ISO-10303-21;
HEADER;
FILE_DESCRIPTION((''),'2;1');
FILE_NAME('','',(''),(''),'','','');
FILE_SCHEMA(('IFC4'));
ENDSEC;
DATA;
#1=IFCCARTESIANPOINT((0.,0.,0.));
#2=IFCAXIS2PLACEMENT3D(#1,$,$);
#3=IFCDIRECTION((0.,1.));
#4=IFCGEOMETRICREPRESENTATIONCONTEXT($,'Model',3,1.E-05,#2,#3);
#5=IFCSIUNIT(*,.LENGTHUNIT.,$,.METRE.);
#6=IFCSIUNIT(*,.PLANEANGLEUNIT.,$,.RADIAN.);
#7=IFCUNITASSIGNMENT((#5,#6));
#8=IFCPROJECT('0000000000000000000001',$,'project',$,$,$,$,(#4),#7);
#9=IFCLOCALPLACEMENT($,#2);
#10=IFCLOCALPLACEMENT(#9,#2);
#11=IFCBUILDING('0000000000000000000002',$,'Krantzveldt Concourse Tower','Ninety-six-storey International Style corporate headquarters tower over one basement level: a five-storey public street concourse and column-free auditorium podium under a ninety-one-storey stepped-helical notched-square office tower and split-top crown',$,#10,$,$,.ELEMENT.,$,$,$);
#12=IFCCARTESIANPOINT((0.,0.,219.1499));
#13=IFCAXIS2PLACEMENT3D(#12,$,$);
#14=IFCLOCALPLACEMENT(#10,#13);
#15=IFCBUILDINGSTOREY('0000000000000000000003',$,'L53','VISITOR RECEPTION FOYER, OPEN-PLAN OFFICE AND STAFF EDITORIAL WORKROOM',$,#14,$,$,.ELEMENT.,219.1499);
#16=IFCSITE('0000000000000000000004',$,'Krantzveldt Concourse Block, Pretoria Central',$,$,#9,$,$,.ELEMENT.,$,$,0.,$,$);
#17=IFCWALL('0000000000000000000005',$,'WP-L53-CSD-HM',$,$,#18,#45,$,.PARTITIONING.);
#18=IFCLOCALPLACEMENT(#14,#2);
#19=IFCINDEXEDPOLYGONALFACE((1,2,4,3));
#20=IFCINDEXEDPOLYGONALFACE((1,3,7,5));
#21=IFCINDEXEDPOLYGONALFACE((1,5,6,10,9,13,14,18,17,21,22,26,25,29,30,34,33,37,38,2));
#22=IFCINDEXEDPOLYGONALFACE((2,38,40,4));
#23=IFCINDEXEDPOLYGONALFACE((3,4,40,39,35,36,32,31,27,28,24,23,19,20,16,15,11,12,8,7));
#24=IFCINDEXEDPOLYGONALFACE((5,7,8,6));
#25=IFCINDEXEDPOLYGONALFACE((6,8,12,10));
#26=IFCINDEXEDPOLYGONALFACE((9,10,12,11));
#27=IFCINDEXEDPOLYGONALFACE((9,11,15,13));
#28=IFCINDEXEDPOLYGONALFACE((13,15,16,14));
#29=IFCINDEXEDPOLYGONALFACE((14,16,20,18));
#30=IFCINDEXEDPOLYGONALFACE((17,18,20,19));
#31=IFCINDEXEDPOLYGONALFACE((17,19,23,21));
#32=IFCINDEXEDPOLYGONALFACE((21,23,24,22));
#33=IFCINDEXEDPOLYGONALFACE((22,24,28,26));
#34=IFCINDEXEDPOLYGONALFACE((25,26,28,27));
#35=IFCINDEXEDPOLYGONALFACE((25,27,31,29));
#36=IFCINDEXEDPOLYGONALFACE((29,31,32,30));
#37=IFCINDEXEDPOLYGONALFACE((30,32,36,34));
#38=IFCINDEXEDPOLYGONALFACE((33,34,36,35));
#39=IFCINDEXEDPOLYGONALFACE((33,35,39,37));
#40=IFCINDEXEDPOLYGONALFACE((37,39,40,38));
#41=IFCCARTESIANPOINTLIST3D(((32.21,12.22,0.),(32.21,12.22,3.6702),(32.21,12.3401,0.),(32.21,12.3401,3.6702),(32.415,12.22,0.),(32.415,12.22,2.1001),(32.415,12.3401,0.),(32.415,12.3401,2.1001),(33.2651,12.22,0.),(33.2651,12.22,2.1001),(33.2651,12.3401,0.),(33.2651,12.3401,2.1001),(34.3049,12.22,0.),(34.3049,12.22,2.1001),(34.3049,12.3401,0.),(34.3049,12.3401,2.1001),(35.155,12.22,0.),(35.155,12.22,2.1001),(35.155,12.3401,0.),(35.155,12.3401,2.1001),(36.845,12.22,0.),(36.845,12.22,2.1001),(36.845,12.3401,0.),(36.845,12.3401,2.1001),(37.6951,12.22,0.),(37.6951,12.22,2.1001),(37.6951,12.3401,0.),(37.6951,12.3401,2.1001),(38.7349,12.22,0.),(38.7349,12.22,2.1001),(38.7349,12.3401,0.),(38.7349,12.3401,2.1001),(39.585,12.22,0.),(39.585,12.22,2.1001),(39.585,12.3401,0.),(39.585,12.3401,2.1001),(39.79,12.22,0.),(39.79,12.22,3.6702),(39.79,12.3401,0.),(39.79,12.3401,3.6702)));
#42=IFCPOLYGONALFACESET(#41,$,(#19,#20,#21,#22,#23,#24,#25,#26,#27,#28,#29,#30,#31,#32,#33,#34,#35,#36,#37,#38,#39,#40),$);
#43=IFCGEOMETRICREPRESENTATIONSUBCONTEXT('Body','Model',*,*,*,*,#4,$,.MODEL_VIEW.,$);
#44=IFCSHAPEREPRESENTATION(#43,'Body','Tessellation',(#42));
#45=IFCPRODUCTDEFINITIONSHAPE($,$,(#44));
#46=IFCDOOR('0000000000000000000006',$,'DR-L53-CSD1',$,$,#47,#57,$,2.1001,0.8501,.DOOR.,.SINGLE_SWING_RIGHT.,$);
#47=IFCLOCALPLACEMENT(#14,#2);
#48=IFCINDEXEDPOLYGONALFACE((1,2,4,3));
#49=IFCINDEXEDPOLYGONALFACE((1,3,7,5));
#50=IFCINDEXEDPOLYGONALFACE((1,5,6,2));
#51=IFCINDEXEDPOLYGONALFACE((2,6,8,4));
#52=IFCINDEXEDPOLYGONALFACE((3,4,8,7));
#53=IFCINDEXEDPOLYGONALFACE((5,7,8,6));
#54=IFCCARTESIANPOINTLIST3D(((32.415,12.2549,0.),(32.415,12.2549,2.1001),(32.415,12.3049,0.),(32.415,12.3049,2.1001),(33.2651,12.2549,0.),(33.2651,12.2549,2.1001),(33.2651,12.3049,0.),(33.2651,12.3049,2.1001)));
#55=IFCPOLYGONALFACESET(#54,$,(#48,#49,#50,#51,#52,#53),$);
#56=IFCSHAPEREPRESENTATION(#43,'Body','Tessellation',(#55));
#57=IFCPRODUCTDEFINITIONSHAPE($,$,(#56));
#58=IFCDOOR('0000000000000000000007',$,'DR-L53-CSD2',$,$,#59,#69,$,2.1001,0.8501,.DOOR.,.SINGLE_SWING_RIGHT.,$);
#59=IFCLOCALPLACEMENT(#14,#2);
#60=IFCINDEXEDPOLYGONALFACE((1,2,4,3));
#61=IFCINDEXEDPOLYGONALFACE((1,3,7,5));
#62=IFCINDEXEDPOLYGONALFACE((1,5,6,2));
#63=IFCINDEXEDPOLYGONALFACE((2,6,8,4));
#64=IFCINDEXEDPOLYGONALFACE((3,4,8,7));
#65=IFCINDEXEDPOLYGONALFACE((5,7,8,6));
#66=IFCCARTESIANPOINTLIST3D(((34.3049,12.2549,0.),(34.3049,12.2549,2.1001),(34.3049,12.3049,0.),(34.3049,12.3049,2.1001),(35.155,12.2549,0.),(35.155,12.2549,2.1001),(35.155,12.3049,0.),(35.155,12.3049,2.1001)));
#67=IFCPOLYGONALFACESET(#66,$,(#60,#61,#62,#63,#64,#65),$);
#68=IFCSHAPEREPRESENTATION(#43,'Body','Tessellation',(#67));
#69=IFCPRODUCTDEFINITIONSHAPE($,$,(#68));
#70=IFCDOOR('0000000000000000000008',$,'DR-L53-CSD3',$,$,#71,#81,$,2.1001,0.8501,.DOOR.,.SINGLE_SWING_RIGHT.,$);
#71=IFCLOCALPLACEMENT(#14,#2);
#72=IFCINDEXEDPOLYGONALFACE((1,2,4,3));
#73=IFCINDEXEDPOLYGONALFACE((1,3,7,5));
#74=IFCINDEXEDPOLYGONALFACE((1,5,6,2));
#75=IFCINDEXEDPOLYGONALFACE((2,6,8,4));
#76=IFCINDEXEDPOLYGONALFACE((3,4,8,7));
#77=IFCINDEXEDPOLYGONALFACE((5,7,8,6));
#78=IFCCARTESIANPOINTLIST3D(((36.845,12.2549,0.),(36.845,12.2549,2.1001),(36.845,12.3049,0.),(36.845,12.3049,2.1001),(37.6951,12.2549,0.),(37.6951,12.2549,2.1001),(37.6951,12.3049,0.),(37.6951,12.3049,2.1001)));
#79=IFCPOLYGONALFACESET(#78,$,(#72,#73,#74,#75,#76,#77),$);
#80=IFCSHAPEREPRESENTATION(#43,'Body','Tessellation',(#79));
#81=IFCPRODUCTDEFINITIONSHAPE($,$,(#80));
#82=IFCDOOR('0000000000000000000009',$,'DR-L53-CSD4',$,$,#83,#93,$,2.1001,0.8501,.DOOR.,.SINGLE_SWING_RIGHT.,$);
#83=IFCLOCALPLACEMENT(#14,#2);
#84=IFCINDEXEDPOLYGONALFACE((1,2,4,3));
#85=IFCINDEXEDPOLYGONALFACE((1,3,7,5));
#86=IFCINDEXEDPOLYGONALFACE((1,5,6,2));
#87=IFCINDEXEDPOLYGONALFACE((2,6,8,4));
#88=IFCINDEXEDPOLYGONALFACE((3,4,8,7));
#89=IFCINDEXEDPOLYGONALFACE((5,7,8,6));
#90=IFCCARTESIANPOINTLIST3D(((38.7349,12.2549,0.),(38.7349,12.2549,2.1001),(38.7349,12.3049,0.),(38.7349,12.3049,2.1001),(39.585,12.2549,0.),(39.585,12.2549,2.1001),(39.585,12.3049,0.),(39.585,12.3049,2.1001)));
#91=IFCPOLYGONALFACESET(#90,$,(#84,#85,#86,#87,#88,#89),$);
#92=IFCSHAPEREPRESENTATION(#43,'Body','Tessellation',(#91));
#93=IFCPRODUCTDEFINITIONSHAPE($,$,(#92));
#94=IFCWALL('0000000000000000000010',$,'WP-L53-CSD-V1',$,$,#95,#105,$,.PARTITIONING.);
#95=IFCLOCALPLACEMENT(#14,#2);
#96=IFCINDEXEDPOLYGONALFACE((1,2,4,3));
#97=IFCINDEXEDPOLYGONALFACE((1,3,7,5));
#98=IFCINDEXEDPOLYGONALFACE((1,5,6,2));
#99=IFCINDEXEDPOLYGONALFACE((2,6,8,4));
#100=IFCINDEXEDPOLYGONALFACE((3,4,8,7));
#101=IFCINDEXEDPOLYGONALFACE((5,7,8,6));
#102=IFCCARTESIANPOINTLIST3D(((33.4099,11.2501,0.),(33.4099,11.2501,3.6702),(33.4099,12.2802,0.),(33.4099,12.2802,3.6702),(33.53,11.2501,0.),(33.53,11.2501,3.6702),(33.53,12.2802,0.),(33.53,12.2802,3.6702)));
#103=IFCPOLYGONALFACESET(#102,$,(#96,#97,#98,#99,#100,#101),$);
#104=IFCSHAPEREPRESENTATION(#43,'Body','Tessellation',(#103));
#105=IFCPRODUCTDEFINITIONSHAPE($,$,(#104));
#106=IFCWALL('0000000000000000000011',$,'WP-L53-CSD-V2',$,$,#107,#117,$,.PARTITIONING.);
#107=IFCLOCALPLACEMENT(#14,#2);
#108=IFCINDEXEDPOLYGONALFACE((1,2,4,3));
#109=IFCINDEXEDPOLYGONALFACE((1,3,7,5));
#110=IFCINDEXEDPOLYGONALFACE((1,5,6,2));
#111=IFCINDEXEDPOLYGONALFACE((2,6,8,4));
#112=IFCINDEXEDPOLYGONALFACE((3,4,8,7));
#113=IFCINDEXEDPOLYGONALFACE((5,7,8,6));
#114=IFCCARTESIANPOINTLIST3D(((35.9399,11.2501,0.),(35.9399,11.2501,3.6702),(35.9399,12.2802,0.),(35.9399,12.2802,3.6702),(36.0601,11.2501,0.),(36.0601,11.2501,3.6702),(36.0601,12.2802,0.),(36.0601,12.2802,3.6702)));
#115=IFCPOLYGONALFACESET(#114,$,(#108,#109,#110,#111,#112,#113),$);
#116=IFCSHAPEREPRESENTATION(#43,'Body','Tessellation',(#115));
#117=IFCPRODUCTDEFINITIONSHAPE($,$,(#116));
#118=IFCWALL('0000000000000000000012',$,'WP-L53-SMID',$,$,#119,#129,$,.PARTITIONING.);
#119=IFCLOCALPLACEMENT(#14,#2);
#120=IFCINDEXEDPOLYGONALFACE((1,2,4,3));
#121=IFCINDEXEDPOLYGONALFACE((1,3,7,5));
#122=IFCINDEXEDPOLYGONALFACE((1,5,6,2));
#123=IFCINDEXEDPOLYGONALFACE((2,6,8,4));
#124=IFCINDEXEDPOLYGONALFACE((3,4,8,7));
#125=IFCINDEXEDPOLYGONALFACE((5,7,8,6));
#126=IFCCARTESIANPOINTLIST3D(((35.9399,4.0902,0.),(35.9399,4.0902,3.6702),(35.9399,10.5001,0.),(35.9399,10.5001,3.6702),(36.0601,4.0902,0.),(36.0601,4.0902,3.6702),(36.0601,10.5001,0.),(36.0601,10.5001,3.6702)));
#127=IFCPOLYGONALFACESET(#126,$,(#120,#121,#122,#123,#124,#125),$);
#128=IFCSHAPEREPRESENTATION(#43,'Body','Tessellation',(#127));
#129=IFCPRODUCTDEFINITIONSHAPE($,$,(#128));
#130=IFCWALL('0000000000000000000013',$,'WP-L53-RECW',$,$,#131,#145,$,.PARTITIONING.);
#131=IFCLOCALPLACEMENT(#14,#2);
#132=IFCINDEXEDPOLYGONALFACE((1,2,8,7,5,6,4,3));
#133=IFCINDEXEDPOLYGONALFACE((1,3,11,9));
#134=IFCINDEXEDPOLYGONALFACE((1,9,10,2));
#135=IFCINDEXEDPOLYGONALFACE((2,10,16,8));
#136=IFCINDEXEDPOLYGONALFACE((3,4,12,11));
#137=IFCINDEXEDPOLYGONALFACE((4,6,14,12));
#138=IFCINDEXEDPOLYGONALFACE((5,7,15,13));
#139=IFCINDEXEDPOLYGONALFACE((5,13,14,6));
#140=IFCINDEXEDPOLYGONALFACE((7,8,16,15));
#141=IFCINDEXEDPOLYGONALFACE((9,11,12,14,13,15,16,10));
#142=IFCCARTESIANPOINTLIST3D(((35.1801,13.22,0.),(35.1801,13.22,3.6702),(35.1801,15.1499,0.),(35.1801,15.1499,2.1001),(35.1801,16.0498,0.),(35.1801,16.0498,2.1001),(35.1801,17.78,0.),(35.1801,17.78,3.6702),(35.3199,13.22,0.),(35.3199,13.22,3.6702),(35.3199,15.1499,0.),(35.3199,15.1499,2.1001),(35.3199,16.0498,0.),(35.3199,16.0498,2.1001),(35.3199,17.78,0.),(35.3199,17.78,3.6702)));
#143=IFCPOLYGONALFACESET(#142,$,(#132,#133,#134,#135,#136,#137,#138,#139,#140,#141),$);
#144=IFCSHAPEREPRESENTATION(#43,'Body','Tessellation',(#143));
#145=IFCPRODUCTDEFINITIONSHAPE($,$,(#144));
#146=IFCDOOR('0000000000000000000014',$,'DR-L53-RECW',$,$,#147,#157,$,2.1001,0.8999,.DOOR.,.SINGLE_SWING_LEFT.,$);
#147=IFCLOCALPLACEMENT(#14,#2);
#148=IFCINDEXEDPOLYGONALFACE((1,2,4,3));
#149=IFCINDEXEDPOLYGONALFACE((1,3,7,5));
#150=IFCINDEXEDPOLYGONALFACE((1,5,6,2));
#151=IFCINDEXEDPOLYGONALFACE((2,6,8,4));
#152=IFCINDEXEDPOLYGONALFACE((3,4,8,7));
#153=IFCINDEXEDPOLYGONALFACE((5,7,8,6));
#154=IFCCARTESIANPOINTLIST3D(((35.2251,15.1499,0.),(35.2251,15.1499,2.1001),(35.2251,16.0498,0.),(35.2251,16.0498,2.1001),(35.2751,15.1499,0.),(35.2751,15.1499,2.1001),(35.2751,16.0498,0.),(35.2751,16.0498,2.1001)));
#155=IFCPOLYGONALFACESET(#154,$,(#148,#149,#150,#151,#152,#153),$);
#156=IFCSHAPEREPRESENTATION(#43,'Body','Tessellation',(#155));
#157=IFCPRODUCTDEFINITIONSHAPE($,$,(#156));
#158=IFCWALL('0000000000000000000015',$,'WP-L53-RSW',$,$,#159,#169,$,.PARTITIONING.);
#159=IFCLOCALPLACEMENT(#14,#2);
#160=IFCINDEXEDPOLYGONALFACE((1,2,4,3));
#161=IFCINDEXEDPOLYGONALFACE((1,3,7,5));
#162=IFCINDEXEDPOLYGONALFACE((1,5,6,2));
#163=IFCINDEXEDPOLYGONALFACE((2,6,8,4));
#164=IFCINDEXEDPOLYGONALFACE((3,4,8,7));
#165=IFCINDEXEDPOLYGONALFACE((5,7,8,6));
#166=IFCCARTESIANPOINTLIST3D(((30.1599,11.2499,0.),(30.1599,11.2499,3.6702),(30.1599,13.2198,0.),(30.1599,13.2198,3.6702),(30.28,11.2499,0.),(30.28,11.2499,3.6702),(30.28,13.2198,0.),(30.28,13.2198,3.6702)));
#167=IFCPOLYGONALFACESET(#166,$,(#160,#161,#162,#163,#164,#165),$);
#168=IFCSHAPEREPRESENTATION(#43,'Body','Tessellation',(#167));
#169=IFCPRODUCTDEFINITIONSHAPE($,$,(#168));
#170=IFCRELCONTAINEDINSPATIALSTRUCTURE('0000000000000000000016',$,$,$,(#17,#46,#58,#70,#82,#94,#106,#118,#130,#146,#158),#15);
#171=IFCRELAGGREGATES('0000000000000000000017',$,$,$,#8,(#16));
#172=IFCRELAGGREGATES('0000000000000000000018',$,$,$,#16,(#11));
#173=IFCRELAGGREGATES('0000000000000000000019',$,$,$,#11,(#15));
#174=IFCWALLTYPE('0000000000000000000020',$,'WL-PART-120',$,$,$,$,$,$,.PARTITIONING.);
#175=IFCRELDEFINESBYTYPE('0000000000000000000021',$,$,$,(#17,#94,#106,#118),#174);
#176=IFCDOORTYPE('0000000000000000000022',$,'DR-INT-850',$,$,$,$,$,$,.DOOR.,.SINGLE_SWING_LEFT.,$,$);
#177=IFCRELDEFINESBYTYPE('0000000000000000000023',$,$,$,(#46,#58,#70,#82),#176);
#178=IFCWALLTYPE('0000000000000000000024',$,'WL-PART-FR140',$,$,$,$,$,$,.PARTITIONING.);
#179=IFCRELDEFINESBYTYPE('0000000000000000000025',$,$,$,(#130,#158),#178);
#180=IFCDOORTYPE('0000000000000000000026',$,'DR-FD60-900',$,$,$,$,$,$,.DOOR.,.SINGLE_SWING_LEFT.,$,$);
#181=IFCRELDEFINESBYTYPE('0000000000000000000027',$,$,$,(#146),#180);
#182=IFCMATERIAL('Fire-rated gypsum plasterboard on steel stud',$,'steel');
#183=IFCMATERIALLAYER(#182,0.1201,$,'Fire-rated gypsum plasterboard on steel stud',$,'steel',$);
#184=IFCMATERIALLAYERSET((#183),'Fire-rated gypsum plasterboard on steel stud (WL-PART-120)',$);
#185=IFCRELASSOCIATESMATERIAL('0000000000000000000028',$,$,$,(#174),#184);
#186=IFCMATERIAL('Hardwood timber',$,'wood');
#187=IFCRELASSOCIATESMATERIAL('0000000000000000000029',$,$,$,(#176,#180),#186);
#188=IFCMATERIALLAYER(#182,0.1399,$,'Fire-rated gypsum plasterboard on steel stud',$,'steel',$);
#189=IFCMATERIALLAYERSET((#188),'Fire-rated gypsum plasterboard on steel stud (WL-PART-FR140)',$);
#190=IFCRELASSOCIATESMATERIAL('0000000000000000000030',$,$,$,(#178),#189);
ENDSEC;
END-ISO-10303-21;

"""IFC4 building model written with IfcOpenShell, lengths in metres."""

from ifc_helpers import new_model, si_unit, direction, frame, frame_2d, origin, place, context, subcontext, project, spatial, rectangle, extrude, material, layer, layer_set, type_object, element, fill, save


model = new_model("IFC4")

# Units and contexts
model_context = context("Model", 3, precision=1e-05, world=origin(), true_north=direction((0.0, 1.0)))
body_context = subcontext(model_context, "Body", "Model", "MODEL_VIEW")
ifc_project = project(units=[si_unit("LENGTHUNIT", "METRE"), si_unit("PLANEANGLEUNIT", "RADIAN")], contexts=[model_context])

# Site, building, storey
site_placement = place(None, origin())
site = spatial("IfcSite", under=ifc_project, at=site_placement, Name="Krantzveldt Concourse Block, Pretoria Central", CompositionType="ELEMENT", RefElevation=0.0)
building_placement = place(site_placement, origin())
building = spatial("IfcBuilding", under=site, at=building_placement, Name="Krantzveldt Concourse Tower", Description="Ninety-six-storey International Style corporate headquarters tower over one basement level: a five-storey public street concourse and column-free auditorium podium under a ninety-one-storey stepped-helical notched-square office tower and split-top crown", CompositionType="ELEMENT")
storey_placement = place(building_placement, frame((0.0, 0.0, 219.1499)))
storey = spatial("IfcBuildingStorey", under=building, at=storey_placement, Name="L53", Description="VISITOR RECEPTION FOYER, OPEN-PLAN OFFICE AND STAFF EDITORIAL WORKROOM", CompositionType="ELEMENT", Elevation=219.1499)

# Shared definitions
ifc_material_1 = material(Name="Fire-rated gypsum plasterboard on steel stud", Category="steel")
ifc_layer_1 = layer(ifc_material_1, 0.1201, Name="Fire-rated gypsum plasterboard on steel stud", Category="steel")
ifc_layer_set_1 = layer_set([ifc_layer_1], Name="Fire-rated gypsum plasterboard on steel stud (WL-PART-120)")
wall_type_1 = type_object("IfcWallType", Name="WL-PART-120", PredefinedType="PARTITIONING", material=ifc_layer_set_1)
ifc_material_2 = material(Name="Hardwood timber", Category="wood")
door_type_1 = type_object("IfcDoorType", Name="DR-INT-850", OperationType="SINGLE_SWING_LEFT", PredefinedType="DOOR", material=ifc_material_2)

# Wall, openings, doors
wall_1_placement = place(storey_placement, frame((32.21, 12.28, 0.0), z_axis=(0.0, 0.0, 1.0), x_axis=(1.0, 0.0, 0.0)))
wall_1 = element("IfcWall", 1, at=wall_1_placement, inside=storey, type_object=wall_type_1, Name="WP-L53-CSD-HM", PredefinedType="PARTITIONING", context=body_context, shape_type="SweptSolid", body=[
    extrude(rectangle(XDim=7.5801, YDim=0.1201, at=frame_2d((3.79, 0.0))), origin(), (0.0, 0.0, 1.0), 3.6702),
])
opening_1_placement = place(wall_1_placement, frame((0.2051, 0.0, 0.0)))
opening_1 = element("IfcOpeningElement", 2, at=opening_1_placement, cuts=wall_1, PredefinedType="OPENING", context=body_context, shape_type="SweptSolid", body=[
    extrude(rectangle(XDim=0.8501, YDim=2.1001, at=frame_2d((0.425, 1.05))), frame((0.0, 0.0701, 0.0), z_axis=(0.0, -1.0, 0.0), x_axis=(1.0, 0.0, 0.0)), (0.0, 0.0, 1.0), 0.1401),
])
opening_2_placement = place(wall_1_placement, frame((2.095, 0.0, 0.0)))
opening_2 = element("IfcOpeningElement", 3, at=opening_2_placement, cuts=wall_1, PredefinedType="OPENING", context=body_context, shape_type="SweptSolid", body=[
    extrude(rectangle(XDim=0.8501, YDim=2.1001, at=frame_2d((0.425, 1.05))), frame((0.0, 0.0701, 0.0), z_axis=(0.0, -1.0, 0.0), x_axis=(1.0, 0.0, 0.0)), (0.0, 0.0, 1.0), 0.1401),
])
opening_3_placement = place(wall_1_placement, frame((4.635, 0.0, 0.0)))
opening_3 = element("IfcOpeningElement", 4, at=opening_3_placement, cuts=wall_1, PredefinedType="OPENING", context=body_context, shape_type="SweptSolid", body=[
    extrude(rectangle(XDim=0.8501, YDim=2.1001, at=frame_2d((0.425, 1.05))), frame((0.0, 0.0701, 0.0), z_axis=(0.0, -1.0, 0.0), x_axis=(1.0, 0.0, 0.0)), (0.0, 0.0, 1.0), 0.1401),
])
opening_4_placement = place(wall_1_placement, frame((6.5249, 0.0, 0.0)))
opening_4 = element("IfcOpeningElement", 5, at=opening_4_placement, cuts=wall_1, PredefinedType="OPENING", context=body_context, shape_type="SweptSolid", body=[
    extrude(rectangle(XDim=0.8501, YDim=2.1001, at=frame_2d((0.425, 1.05))), frame((0.0, 0.0701, 0.0), z_axis=(0.0, -1.0, 0.0), x_axis=(1.0, 0.0, 0.0)), (0.0, 0.0, 1.0), 0.1401),
])
door_1_placement = place(opening_1_placement, origin())
door_1 = element("IfcDoor", 6, at=door_1_placement, inside=storey, type_object=door_type_1, Name="DR-L53-CSD1", OperationType="SINGLE_SWING_RIGHT", OverallHeight=2.1001, OverallWidth=0.8501, PredefinedType="DOOR", context=body_context, shape_type="SweptSolid", body=[
    extrude(rectangle(XDim=0.8501, YDim=2.1001, at=frame_2d((0.425, 1.05))), frame((0.0, 0.0249, 0.0), z_axis=(0.0, -1.0, 0.0), x_axis=(1.0, 0.0, 0.0)), (0.0, 0.0, 1.0), 0.05),
])
fill(opening_1, door_1)
door_2_placement = place(opening_2_placement, origin())
door_2 = element("IfcDoor", 7, at=door_2_placement, inside=storey, type_object=door_type_1, Name="DR-L53-CSD2", OperationType="SINGLE_SWING_RIGHT", OverallHeight=2.1001, OverallWidth=0.8501, PredefinedType="DOOR", context=body_context, shape_type="SweptSolid", body=[
    extrude(rectangle(XDim=0.8501, YDim=2.1001, at=frame_2d((0.425, 1.05))), frame((0.0, 0.0249, 0.0), z_axis=(0.0, -1.0, 0.0), x_axis=(1.0, 0.0, 0.0)), (0.0, 0.0, 1.0), 0.05),
])
fill(opening_2, door_2)
door_3_placement = place(opening_3_placement, origin())
door_3 = element("IfcDoor", 8, at=door_3_placement, inside=storey, type_object=door_type_1, Name="DR-L53-CSD3", OperationType="SINGLE_SWING_RIGHT", OverallHeight=2.1001, OverallWidth=0.8501, PredefinedType="DOOR", context=body_context, shape_type="SweptSolid", body=[
    extrude(rectangle(XDim=0.8501, YDim=2.1001, at=frame_2d((0.425, 1.05))), frame((0.0, 0.0249, 0.0), z_axis=(0.0, -1.0, 0.0), x_axis=(1.0, 0.0, 0.0)), (0.0, 0.0, 1.0), 0.05),
])
fill(opening_3, door_3)
door_4_placement = place(opening_4_placement, origin())
door_4 = element("IfcDoor", 9, at=door_4_placement, inside=storey, type_object=door_type_1, Name="DR-L53-CSD4", OperationType="SINGLE_SWING_RIGHT", OverallHeight=2.1001, OverallWidth=0.8501, PredefinedType="DOOR", context=body_context, shape_type="SweptSolid", body=[
    extrude(rectangle(XDim=0.8501, YDim=2.1001, at=frame_2d((0.425, 1.05))), frame((0.0, 0.0249, 0.0), z_axis=(0.0, -1.0, 0.0), x_axis=(1.0, 0.0, 0.0)), (0.0, 0.0, 1.0), 0.05),
])
fill(opening_4, door_4)

# Walls
for number, where, z_axis, x_axis, name in (
    (10, (33.47, 11.25, 0.0), (0.0, 0.0, 1.0), (0.0, 1.0, 0.0), "WP-L53-CSD-V1"),
    (11, (36.0, 11.25, 0.0), (0.0, 0.0, 1.0), (0.0, 1.0, 0.0), "WP-L53-CSD-V2"),
):
    element("IfcWall", number, at=place(storey_placement, frame(where, z_axis=z_axis, x_axis=x_axis)), inside=storey, type_object=wall_type_1, Name=name, PredefinedType="PARTITIONING", context=body_context, shape_type="SweptSolid", body=[
        extrude(rectangle(XDim=1.03, YDim=0.1201, at=frame_2d((0.5151, 0.0))), origin(), (0.0, 0.0, 1.0), 3.6702),
    ])
wall_2_placement = place(storey_placement, frame((36.0, 4.0901, 0.0), z_axis=(0.0, 0.0, 1.0), x_axis=(0.0, 1.0, 0.0)))
element("IfcWall", 12, at=wall_2_placement, inside=storey, type_object=wall_type_1, Name="WP-L53-SMID", PredefinedType="PARTITIONING", context=body_context, shape_type="SweptSolid", body=[
    extrude(rectangle(XDim=6.4099, YDim=0.1201, at=frame_2d((3.2051, 0.0))), origin(), (0.0, 0.0, 1.0), 3.6702),
])

# Wall, opening, door
ifc_layer_2 = layer(ifc_material_1, 0.1399, Name="Fire-rated gypsum plasterboard on steel stud", Category="steel")
ifc_layer_set_2 = layer_set([ifc_layer_2], Name="Fire-rated gypsum plasterboard on steel stud (WL-PART-FR140)")
wall_type_2 = type_object("IfcWallType", Name="WL-PART-FR140", PredefinedType="PARTITIONING", material=ifc_layer_set_2)
wall_3_placement = place(storey_placement, frame((35.25, 13.22, 0.0), z_axis=(0.0, 0.0, 1.0), x_axis=(0.0, 1.0, 0.0)))
wall_3 = element("IfcWall", 13, at=wall_3_placement, inside=storey, type_object=wall_type_2, Name="WP-L53-RECW", PredefinedType="PARTITIONING", context=body_context, shape_type="SweptSolid", body=[
    extrude(rectangle(XDim=4.5601, YDim=0.1399, at=frame_2d((2.28, 0.0))), origin(), (0.0, 0.0, 1.0), 3.6702),
])
opening_5_placement = place(wall_3_placement, frame((1.9299, 0.0, 0.0)))
opening_5 = element("IfcOpeningElement", 14, at=opening_5_placement, cuts=wall_3, PredefinedType="OPENING", context=body_context, shape_type="SweptSolid", body=[
    extrude(rectangle(XDim=0.8999, YDim=2.1001, at=frame_2d((0.45, 1.05))), frame((0.0, 0.0801, 0.0), z_axis=(0.0, -1.0, 0.0), x_axis=(1.0, 0.0, 0.0)), (0.0, 0.0, 1.0), 0.1599),
])
door_type_2 = type_object("IfcDoorType", Name="DR-FD60-900", OperationType="SINGLE_SWING_LEFT", PredefinedType="DOOR", material=ifc_material_2)
door_5_placement = place(opening_5_placement, origin())
door_5 = element("IfcDoor", 15, at=door_5_placement, inside=storey, type_object=door_type_2, Name="DR-L53-RECW", OperationType="SINGLE_SWING_LEFT", OverallHeight=2.1001, OverallWidth=0.8999, PredefinedType="DOOR", context=body_context, shape_type="SweptSolid", body=[
    extrude(rectangle(XDim=0.8999, YDim=2.1001, at=frame_2d((0.45, 1.05))), frame((0.0, 0.0249, 0.0), z_axis=(0.0, -1.0, 0.0), x_axis=(1.0, 0.0, 0.0)), (0.0, 0.0, 1.0), 0.05),
])
fill(opening_5, door_5)

# Wall
wall_4_placement = place(storey_placement, frame((30.22, 11.25, 0.0), z_axis=(0.0, 0.0, 1.0), x_axis=(0.0, 1.0, 0.0)))
element("IfcWall", 16, at=wall_4_placement, inside=storey, type_object=wall_type_2, Name="WP-L53-RSW", PredefinedType="PARTITIONING", context=body_context, shape_type="SweptSolid", body=[
    extrude(rectangle(XDim=1.97, YDim=0.1201, at=frame_2d((0.9849, 0.0))), origin(), (0.0, 0.0, 1.0), 3.6702),
])

save(model, "model.ifc")
